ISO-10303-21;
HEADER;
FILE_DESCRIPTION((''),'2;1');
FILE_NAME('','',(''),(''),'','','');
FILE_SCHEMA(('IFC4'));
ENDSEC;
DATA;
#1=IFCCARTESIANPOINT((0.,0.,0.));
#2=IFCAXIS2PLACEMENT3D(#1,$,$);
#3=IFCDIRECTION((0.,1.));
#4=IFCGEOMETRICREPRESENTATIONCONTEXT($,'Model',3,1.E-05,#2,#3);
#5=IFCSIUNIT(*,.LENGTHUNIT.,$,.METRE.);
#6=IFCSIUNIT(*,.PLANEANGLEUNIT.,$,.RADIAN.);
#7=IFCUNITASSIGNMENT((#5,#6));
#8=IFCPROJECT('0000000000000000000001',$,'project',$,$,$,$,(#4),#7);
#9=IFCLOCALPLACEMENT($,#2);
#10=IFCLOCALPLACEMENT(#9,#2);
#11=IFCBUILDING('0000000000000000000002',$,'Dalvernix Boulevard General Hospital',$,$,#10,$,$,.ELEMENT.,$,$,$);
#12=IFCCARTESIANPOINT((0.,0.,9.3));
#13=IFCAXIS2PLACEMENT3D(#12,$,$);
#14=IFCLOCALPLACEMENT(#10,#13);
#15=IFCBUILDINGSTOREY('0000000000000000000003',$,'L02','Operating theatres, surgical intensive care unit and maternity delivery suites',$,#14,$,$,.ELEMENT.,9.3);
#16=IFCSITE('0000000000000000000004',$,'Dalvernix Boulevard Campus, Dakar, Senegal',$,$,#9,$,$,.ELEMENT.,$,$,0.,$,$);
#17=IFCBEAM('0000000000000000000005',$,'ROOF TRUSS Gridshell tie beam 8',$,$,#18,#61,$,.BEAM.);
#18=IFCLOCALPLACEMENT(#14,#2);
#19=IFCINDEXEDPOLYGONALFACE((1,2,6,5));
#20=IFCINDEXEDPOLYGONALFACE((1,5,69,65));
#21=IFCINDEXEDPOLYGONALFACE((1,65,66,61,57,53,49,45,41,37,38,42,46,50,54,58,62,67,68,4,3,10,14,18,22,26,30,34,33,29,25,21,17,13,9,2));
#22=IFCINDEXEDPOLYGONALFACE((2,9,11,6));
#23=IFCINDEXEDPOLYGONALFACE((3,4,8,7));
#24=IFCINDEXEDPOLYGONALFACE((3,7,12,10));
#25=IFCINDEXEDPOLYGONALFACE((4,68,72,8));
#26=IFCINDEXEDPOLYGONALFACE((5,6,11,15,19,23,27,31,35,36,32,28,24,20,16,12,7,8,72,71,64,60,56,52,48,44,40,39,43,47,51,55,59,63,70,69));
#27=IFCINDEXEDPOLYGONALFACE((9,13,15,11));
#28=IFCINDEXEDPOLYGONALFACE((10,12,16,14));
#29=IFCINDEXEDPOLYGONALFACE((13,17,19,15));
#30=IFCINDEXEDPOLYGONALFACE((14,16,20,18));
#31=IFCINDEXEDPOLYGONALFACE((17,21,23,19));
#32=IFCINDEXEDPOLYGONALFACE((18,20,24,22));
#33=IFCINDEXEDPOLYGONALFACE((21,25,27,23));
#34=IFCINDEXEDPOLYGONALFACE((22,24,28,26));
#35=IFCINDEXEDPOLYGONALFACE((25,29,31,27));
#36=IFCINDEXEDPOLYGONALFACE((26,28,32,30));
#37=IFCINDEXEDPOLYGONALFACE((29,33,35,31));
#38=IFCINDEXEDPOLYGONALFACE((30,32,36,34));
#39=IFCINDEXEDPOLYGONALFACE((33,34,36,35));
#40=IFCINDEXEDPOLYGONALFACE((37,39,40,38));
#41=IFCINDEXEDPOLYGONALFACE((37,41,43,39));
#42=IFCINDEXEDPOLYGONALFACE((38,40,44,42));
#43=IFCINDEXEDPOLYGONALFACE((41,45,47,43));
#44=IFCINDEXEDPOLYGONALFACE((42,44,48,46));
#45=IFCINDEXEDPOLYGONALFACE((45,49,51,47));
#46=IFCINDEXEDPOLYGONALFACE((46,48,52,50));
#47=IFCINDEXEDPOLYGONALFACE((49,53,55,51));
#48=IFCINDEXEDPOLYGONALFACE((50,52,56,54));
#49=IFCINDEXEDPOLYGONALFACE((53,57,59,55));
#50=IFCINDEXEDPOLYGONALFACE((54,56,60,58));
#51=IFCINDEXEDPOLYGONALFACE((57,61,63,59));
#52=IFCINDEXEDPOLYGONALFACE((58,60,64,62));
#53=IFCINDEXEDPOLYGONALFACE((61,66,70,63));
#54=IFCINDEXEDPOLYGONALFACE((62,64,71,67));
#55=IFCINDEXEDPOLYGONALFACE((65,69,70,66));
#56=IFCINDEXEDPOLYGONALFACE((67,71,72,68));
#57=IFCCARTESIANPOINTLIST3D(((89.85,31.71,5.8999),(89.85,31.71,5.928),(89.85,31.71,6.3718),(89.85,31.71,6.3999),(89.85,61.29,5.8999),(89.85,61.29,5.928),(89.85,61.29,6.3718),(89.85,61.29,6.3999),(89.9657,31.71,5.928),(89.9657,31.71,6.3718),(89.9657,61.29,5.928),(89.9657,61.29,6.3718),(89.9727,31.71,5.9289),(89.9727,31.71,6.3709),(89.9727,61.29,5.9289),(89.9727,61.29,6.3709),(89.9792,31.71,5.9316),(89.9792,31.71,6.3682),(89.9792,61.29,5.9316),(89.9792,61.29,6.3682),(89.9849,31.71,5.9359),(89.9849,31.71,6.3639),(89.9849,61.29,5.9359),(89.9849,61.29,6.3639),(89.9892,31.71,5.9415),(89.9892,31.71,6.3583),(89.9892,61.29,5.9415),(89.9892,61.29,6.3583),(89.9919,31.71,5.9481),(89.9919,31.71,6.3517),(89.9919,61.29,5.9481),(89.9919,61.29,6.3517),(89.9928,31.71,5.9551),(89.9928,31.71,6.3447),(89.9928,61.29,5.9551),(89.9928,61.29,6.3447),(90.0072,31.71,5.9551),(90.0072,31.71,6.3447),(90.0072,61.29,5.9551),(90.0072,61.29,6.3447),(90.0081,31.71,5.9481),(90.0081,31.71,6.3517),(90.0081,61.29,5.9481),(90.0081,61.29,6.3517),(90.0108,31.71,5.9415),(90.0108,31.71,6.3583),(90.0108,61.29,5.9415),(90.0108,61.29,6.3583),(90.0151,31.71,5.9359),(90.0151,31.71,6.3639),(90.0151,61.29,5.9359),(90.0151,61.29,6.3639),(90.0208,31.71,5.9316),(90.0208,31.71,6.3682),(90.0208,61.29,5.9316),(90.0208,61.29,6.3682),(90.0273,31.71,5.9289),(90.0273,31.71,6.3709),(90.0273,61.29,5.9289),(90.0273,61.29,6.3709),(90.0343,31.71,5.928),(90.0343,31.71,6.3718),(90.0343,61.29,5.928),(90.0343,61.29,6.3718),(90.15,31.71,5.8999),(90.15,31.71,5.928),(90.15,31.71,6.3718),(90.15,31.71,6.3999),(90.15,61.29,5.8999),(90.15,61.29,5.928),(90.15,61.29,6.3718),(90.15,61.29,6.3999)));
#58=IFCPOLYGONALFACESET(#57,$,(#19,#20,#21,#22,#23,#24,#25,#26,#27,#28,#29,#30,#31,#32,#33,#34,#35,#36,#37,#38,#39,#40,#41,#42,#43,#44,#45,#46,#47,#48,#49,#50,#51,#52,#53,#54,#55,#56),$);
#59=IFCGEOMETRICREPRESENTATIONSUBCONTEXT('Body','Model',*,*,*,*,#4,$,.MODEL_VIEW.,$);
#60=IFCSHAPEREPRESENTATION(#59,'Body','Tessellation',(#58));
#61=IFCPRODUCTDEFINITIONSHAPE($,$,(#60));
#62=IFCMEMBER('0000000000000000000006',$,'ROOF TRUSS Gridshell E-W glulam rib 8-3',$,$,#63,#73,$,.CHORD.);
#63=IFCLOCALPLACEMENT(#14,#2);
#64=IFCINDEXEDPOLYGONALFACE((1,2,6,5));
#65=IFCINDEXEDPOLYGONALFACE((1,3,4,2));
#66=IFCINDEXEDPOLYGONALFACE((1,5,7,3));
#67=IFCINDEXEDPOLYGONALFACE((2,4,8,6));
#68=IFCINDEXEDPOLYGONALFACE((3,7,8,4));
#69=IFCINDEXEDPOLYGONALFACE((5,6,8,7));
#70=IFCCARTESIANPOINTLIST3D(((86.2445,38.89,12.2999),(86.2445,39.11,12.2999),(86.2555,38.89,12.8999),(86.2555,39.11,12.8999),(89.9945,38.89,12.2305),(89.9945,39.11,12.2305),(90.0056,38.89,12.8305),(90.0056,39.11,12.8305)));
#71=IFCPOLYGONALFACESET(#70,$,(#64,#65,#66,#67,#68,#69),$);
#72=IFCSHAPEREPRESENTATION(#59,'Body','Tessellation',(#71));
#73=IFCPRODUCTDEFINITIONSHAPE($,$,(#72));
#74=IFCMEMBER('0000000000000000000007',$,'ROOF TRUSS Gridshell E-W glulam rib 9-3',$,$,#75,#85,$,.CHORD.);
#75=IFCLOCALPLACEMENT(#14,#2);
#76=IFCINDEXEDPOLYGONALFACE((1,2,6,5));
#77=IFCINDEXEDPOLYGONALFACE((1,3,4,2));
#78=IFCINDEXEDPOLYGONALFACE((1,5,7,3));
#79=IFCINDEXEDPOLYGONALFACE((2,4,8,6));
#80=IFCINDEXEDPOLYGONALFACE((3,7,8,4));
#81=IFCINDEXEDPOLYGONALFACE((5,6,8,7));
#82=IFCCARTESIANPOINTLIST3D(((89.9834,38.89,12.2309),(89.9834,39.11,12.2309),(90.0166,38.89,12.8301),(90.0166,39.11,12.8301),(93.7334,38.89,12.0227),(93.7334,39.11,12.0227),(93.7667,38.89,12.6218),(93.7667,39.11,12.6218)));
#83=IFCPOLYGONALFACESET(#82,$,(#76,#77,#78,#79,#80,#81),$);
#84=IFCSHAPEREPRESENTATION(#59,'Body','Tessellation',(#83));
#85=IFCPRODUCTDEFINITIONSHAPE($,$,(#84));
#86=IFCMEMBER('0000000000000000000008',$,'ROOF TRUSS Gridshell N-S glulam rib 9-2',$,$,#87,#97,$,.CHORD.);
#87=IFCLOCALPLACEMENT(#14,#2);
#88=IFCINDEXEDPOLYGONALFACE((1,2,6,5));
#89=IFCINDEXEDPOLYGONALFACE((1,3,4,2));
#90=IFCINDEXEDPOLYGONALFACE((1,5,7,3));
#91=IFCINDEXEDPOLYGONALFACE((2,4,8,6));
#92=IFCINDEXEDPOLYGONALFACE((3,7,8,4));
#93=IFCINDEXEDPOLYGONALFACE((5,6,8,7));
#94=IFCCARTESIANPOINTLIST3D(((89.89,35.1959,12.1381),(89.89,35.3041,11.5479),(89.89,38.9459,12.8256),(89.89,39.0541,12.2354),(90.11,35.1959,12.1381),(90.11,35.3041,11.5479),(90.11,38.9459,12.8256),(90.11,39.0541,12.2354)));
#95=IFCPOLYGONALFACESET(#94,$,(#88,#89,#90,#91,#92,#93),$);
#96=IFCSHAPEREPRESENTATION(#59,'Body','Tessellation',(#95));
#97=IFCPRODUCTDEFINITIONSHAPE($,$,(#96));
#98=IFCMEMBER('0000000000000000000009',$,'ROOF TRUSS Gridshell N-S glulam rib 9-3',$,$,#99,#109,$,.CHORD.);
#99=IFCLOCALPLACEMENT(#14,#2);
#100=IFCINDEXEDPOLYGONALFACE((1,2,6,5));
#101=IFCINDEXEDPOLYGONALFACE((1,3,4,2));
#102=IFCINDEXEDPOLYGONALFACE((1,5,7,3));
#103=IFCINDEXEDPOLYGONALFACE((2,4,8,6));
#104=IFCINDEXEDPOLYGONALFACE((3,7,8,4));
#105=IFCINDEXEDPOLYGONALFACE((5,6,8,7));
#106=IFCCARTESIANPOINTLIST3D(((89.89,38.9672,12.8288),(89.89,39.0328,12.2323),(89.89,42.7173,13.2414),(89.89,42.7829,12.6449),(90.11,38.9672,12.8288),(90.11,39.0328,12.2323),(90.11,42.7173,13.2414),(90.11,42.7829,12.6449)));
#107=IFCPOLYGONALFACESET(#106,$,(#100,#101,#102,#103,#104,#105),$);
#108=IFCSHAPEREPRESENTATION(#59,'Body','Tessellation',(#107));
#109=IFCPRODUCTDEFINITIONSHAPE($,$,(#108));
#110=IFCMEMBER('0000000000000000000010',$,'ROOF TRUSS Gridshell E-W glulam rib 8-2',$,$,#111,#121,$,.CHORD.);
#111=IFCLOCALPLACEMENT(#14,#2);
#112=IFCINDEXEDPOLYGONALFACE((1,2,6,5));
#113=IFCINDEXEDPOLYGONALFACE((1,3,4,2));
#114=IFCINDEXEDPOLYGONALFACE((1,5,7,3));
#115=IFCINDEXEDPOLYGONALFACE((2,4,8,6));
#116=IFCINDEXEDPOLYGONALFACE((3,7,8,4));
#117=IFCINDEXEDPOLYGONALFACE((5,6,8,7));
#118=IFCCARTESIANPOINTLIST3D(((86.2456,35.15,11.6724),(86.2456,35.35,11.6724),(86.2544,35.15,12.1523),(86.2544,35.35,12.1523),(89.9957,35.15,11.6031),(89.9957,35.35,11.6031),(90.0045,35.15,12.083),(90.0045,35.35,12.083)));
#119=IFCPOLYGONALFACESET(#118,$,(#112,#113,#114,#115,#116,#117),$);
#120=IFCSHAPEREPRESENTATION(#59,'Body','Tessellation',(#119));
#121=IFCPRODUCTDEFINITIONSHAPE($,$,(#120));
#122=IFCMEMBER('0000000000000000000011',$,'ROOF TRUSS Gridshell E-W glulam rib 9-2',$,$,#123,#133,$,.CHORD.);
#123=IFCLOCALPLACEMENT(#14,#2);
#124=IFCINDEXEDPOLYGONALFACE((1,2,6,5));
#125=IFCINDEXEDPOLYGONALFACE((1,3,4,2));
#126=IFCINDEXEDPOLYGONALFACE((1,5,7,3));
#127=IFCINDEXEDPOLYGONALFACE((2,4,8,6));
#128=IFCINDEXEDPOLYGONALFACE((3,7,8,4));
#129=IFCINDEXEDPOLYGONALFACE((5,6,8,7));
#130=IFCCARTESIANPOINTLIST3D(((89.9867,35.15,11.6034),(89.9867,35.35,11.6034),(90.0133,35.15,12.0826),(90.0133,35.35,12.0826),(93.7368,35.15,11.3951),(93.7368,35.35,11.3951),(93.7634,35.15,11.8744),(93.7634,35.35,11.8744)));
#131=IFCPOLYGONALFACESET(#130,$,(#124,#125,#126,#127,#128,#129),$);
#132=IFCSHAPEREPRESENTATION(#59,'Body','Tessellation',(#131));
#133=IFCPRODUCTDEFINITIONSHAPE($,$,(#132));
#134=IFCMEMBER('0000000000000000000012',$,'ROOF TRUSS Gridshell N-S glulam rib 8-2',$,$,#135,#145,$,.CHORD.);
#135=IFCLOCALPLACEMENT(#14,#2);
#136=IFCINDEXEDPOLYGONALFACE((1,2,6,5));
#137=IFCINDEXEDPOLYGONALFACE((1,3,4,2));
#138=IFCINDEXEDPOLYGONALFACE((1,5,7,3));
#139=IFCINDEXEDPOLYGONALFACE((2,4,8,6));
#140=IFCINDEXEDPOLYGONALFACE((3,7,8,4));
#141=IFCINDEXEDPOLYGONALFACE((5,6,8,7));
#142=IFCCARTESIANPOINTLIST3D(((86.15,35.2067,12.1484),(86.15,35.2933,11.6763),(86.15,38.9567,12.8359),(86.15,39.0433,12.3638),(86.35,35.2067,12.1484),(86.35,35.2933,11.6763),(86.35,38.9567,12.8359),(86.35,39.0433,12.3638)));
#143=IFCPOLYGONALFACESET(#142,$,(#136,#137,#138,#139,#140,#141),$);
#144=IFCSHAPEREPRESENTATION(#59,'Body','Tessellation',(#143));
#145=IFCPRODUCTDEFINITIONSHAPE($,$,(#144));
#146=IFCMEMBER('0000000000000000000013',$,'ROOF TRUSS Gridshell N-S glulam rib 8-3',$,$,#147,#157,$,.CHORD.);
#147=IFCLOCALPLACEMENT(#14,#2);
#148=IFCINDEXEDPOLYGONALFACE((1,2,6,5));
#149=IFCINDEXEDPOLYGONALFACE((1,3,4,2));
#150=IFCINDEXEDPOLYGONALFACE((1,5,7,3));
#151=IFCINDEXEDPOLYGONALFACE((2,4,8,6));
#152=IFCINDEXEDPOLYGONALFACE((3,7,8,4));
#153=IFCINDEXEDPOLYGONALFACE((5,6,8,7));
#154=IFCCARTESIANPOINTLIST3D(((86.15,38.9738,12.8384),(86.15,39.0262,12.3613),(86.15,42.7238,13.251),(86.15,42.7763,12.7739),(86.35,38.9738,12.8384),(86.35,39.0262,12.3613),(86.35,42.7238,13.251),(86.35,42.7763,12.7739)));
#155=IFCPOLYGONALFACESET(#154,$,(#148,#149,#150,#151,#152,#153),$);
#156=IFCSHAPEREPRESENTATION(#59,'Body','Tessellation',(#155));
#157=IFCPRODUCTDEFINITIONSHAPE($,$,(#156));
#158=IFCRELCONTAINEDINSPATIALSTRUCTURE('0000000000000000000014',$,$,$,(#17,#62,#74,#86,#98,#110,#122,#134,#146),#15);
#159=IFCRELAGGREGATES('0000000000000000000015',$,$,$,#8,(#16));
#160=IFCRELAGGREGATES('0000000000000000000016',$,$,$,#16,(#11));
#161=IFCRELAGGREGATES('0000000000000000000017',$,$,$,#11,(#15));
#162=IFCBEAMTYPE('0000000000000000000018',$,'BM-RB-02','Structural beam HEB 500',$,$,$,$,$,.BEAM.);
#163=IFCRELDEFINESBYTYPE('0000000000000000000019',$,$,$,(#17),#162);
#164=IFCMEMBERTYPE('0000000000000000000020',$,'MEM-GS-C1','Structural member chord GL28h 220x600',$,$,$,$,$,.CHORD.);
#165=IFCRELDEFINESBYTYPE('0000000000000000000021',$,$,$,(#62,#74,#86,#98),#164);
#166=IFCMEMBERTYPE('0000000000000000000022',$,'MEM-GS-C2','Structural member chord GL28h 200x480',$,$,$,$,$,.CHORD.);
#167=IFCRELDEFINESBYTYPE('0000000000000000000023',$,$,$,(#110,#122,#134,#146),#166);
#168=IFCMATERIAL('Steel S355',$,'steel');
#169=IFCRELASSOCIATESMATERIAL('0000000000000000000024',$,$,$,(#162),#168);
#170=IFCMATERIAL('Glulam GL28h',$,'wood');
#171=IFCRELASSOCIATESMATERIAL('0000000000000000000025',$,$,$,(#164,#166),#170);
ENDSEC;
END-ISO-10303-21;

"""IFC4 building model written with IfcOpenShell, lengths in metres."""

from ifc_helpers import new_model, si_unit, direction, frame, origin, origin_2d, place, context, subcontext, project, spatial, rectangle, i_section, extrude, material, material_profile, profile_set, type_object, element, save


model = new_model("IFC4")

# Units and contexts
model_context = context("Model", 3, precision=1e-05, world=origin(), true_north=direction((0.0, 1.0)))
body_context = subcontext(model_context, "Body", "Model", "MODEL_VIEW")
ifc_project = project(units=[si_unit("LENGTHUNIT", "METRE"), si_unit("PLANEANGLEUNIT", "RADIAN")], contexts=[model_context])

# Site, building, storey
site_placement = place(None, origin())
site = spatial("IfcSite", under=ifc_project, at=site_placement, Name="Dalvernix Boulevard Campus, Dakar, Senegal", CompositionType="ELEMENT", RefElevation=0.0)
building_placement = place(site_placement, origin())
building = spatial("IfcBuilding", under=site, at=building_placement, Name="Dalvernix Boulevard General Hospital", CompositionType="ELEMENT")
storey_placement = place(building_placement, frame((0.0, 0.0, 9.3)))
storey = spatial("IfcBuildingStorey", under=building, at=storey_placement, Name="L02", Description="Operating theatres, surgical intensive care unit and maternity delivery suites", CompositionType="ELEMENT", Elevation=9.3)

# Beam
ifc_material_1 = material(Name="Steel S355", Category="steel")
ifc_material_profile_1 = material_profile(ifc_material_1, i_section(OverallWidth=0.3, OverallDepth=0.5, WebThickness=0.0144, FlangeThickness=0.0281, FilletRadius=0.0271, at=origin_2d()), Name="HEB 500")
ifc_profile_set_1 = profile_set([ifc_material_profile_1], Name="Steel S355")
beam_type = type_object("IfcBeamType", Name="BM-RB-02", Description="Structural beam HEB 500", PredefinedType="BEAM", material=ifc_profile_set_1)
beam_placement = place(storey_placement, frame((90.0, 31.71, 6.1499), z_axis=(0.0, 1.0, 0.0), x_axis=(-1.0, 0.0, 0.0)))
element("IfcBeam", 1, at=beam_placement, inside=storey, type_object=beam_type, Name="ROOF TRUSS Gridshell tie beam 8", PredefinedType="BEAM", context=body_context, shape_type="SweptSolid", body=[
    extrude(i_section(OverallWidth=0.3, OverallDepth=0.5, WebThickness=0.0144, FlangeThickness=0.0281, FilletRadius=0.0271, at=origin_2d()), origin(), (0.0, 0.0, 1.0), 29.5801),
])

# Members
ifc_material_2 = material(Name="Glulam GL28h", Category="wood")
ifc_material_profile_2 = material_profile(ifc_material_2, rectangle(XDim=0.22, YDim=0.6001, at=origin_2d()), Name="GL28h 220x600")
ifc_profile_set_2 = profile_set([ifc_material_profile_2], Name="Glulam GL28h")
member_type_1 = type_object("IfcMemberType", Name="MEM-GS-C1", Description="Structural member chord GL28h 220x600", PredefinedType="CHORD", material=ifc_profile_set_2)
member_1_placement = place(storey_placement, frame((86.25, 39.0, 12.5999), z_axis=(0.999829, 0.0, -0.018486), x_axis=(0.0, 1.0, 0.0)))
element("IfcMember", 2, at=member_1_placement, inside=storey, type_object=member_type_1, Name="ROOF TRUSS Gridshell E-W glulam rib 8-3", PredefinedType="CHORD", context=body_context, shape_type="SweptSolid", body=[
    extrude(rectangle(XDim=0.22, YDim=0.6001, at=origin_2d()), origin(), (0.0, 0.0, 1.0), 3.7507),
])
member_2_placement = place(storey_placement, frame((90.0, 39.0, 12.5305), z_axis=(0.998462, 0.0, -0.055448), x_axis=(0.0, 1.0, 0.0)))
element("IfcMember", 3, at=member_2_placement, inside=storey, type_object=member_type_1, Name="ROOF TRUSS Gridshell E-W glulam rib 9-3", PredefinedType="CHORD", context=body_context, shape_type="SweptSolid", body=[
    extrude(rectangle(XDim=0.22, YDim=0.6001, at=origin_2d()), origin(), (0.0, 0.0, 1.0), 3.7559),
])
member_3_placement = place(storey_placement, frame((90.0, 35.25, 11.843), z_axis=(0.0, 0.983607, 0.180328), x_axis=(-1.0, 0.0, 0.0)))
element("IfcMember", 4, at=member_3_placement, inside=storey, type_object=member_type_1, Name="ROOF TRUSS Gridshell N-S glulam rib 9-2", PredefinedType="CHORD", context=body_context, shape_type="SweptSolid", body=[
    extrude(rectangle(XDim=0.22, YDim=0.6001, at=origin_2d()), origin(), (0.0, 0.0, 1.0), 3.8125),
])
member_4_placement = place(storey_placement, frame((90.0, 39.0, 12.5305), z_axis=(0.0, 0.994002, 0.109366), x_axis=(-1.0, 0.0, 0.0)))
element("IfcMember", 5, at=member_4_placement, inside=storey, type_object=member_type_1, Name="ROOF TRUSS Gridshell N-S glulam rib 9-3", PredefinedType="CHORD", context=body_context, shape_type="SweptSolid", body=[
    extrude(rectangle(XDim=0.22, YDim=0.6001, at=origin_2d()), origin(), (0.0, 0.0, 1.0), 3.7727),
])
ifc_material_profile_3 = material_profile(ifc_material_2, rectangle(XDim=0.2, YDim=0.48, at=origin_2d()), Name="GL28h 200x480")
ifc_profile_set_3 = profile_set([ifc_material_profile_3], Name="Glulam GL28h")
member_type_2 = type_object("IfcMemberType", Name="MEM-GS-C2", Description="Structural member chord GL28h 200x480", PredefinedType="CHORD", material=ifc_profile_set_3)
member_5_placement = place(storey_placement, frame((86.25, 35.25, 11.9124), z_axis=(0.999829, 0.0, -0.018486), x_axis=(0.0, 1.0, 0.0)))
element("IfcMember", 6, at=member_5_placement, inside=storey, type_object=member_type_2, Name="ROOF TRUSS Gridshell E-W glulam rib 8-2", PredefinedType="CHORD", context=body_context, shape_type="SweptSolid", body=[
    extrude(rectangle(XDim=0.2, YDim=0.48, at=origin_2d()), origin(), (0.0, 0.0, 1.0), 3.7507),
])
member_6_placement = place(storey_placement, frame((90.0, 35.25, 11.843), z_axis=(0.998462, 0.0, -0.055448), x_axis=(0.0, 1.0, 0.0)))
element("IfcMember", 7, at=member_6_placement, inside=storey, type_object=member_type_2, Name="ROOF TRUSS Gridshell E-W glulam rib 9-2", PredefinedType="CHORD", context=body_context, shape_type="SweptSolid", body=[
    extrude(rectangle(XDim=0.2, YDim=0.48, at=origin_2d()), origin(), (0.0, 0.0, 1.0), 3.7559),
])
member_7_placement = place(storey_placement, frame((86.25, 35.25, 11.9124), z_axis=(0.0, 0.983607, 0.180328), x_axis=(-1.0, 0.0, 0.0)))
element("IfcMember", 8, at=member_7_placement, inside=storey, type_object=member_type_2, Name="ROOF TRUSS Gridshell N-S glulam rib 8-2", PredefinedType="CHORD", context=body_context, shape_type="SweptSolid", body=[
    extrude(rectangle(XDim=0.2, YDim=0.48, at=origin_2d()), origin(), (0.0, 0.0, 1.0), 3.8125),
])
member_8_placement = place(storey_placement, frame((86.25, 39.0, 12.5999), z_axis=(0.0, 0.994002, 0.109366), x_axis=(-1.0, 0.0, 0.0)))
element("IfcMember", 9, at=member_8_placement, inside=storey, type_object=member_type_2, Name="ROOF TRUSS Gridshell N-S glulam rib 8-3", PredefinedType="CHORD", context=body_context, shape_type="SweptSolid", body=[
    extrude(rectangle(XDim=0.2, YDim=0.48, at=origin_2d()), origin(), (0.0, 0.0, 1.0), 3.7727),
])

save(model, "model.ifc")
